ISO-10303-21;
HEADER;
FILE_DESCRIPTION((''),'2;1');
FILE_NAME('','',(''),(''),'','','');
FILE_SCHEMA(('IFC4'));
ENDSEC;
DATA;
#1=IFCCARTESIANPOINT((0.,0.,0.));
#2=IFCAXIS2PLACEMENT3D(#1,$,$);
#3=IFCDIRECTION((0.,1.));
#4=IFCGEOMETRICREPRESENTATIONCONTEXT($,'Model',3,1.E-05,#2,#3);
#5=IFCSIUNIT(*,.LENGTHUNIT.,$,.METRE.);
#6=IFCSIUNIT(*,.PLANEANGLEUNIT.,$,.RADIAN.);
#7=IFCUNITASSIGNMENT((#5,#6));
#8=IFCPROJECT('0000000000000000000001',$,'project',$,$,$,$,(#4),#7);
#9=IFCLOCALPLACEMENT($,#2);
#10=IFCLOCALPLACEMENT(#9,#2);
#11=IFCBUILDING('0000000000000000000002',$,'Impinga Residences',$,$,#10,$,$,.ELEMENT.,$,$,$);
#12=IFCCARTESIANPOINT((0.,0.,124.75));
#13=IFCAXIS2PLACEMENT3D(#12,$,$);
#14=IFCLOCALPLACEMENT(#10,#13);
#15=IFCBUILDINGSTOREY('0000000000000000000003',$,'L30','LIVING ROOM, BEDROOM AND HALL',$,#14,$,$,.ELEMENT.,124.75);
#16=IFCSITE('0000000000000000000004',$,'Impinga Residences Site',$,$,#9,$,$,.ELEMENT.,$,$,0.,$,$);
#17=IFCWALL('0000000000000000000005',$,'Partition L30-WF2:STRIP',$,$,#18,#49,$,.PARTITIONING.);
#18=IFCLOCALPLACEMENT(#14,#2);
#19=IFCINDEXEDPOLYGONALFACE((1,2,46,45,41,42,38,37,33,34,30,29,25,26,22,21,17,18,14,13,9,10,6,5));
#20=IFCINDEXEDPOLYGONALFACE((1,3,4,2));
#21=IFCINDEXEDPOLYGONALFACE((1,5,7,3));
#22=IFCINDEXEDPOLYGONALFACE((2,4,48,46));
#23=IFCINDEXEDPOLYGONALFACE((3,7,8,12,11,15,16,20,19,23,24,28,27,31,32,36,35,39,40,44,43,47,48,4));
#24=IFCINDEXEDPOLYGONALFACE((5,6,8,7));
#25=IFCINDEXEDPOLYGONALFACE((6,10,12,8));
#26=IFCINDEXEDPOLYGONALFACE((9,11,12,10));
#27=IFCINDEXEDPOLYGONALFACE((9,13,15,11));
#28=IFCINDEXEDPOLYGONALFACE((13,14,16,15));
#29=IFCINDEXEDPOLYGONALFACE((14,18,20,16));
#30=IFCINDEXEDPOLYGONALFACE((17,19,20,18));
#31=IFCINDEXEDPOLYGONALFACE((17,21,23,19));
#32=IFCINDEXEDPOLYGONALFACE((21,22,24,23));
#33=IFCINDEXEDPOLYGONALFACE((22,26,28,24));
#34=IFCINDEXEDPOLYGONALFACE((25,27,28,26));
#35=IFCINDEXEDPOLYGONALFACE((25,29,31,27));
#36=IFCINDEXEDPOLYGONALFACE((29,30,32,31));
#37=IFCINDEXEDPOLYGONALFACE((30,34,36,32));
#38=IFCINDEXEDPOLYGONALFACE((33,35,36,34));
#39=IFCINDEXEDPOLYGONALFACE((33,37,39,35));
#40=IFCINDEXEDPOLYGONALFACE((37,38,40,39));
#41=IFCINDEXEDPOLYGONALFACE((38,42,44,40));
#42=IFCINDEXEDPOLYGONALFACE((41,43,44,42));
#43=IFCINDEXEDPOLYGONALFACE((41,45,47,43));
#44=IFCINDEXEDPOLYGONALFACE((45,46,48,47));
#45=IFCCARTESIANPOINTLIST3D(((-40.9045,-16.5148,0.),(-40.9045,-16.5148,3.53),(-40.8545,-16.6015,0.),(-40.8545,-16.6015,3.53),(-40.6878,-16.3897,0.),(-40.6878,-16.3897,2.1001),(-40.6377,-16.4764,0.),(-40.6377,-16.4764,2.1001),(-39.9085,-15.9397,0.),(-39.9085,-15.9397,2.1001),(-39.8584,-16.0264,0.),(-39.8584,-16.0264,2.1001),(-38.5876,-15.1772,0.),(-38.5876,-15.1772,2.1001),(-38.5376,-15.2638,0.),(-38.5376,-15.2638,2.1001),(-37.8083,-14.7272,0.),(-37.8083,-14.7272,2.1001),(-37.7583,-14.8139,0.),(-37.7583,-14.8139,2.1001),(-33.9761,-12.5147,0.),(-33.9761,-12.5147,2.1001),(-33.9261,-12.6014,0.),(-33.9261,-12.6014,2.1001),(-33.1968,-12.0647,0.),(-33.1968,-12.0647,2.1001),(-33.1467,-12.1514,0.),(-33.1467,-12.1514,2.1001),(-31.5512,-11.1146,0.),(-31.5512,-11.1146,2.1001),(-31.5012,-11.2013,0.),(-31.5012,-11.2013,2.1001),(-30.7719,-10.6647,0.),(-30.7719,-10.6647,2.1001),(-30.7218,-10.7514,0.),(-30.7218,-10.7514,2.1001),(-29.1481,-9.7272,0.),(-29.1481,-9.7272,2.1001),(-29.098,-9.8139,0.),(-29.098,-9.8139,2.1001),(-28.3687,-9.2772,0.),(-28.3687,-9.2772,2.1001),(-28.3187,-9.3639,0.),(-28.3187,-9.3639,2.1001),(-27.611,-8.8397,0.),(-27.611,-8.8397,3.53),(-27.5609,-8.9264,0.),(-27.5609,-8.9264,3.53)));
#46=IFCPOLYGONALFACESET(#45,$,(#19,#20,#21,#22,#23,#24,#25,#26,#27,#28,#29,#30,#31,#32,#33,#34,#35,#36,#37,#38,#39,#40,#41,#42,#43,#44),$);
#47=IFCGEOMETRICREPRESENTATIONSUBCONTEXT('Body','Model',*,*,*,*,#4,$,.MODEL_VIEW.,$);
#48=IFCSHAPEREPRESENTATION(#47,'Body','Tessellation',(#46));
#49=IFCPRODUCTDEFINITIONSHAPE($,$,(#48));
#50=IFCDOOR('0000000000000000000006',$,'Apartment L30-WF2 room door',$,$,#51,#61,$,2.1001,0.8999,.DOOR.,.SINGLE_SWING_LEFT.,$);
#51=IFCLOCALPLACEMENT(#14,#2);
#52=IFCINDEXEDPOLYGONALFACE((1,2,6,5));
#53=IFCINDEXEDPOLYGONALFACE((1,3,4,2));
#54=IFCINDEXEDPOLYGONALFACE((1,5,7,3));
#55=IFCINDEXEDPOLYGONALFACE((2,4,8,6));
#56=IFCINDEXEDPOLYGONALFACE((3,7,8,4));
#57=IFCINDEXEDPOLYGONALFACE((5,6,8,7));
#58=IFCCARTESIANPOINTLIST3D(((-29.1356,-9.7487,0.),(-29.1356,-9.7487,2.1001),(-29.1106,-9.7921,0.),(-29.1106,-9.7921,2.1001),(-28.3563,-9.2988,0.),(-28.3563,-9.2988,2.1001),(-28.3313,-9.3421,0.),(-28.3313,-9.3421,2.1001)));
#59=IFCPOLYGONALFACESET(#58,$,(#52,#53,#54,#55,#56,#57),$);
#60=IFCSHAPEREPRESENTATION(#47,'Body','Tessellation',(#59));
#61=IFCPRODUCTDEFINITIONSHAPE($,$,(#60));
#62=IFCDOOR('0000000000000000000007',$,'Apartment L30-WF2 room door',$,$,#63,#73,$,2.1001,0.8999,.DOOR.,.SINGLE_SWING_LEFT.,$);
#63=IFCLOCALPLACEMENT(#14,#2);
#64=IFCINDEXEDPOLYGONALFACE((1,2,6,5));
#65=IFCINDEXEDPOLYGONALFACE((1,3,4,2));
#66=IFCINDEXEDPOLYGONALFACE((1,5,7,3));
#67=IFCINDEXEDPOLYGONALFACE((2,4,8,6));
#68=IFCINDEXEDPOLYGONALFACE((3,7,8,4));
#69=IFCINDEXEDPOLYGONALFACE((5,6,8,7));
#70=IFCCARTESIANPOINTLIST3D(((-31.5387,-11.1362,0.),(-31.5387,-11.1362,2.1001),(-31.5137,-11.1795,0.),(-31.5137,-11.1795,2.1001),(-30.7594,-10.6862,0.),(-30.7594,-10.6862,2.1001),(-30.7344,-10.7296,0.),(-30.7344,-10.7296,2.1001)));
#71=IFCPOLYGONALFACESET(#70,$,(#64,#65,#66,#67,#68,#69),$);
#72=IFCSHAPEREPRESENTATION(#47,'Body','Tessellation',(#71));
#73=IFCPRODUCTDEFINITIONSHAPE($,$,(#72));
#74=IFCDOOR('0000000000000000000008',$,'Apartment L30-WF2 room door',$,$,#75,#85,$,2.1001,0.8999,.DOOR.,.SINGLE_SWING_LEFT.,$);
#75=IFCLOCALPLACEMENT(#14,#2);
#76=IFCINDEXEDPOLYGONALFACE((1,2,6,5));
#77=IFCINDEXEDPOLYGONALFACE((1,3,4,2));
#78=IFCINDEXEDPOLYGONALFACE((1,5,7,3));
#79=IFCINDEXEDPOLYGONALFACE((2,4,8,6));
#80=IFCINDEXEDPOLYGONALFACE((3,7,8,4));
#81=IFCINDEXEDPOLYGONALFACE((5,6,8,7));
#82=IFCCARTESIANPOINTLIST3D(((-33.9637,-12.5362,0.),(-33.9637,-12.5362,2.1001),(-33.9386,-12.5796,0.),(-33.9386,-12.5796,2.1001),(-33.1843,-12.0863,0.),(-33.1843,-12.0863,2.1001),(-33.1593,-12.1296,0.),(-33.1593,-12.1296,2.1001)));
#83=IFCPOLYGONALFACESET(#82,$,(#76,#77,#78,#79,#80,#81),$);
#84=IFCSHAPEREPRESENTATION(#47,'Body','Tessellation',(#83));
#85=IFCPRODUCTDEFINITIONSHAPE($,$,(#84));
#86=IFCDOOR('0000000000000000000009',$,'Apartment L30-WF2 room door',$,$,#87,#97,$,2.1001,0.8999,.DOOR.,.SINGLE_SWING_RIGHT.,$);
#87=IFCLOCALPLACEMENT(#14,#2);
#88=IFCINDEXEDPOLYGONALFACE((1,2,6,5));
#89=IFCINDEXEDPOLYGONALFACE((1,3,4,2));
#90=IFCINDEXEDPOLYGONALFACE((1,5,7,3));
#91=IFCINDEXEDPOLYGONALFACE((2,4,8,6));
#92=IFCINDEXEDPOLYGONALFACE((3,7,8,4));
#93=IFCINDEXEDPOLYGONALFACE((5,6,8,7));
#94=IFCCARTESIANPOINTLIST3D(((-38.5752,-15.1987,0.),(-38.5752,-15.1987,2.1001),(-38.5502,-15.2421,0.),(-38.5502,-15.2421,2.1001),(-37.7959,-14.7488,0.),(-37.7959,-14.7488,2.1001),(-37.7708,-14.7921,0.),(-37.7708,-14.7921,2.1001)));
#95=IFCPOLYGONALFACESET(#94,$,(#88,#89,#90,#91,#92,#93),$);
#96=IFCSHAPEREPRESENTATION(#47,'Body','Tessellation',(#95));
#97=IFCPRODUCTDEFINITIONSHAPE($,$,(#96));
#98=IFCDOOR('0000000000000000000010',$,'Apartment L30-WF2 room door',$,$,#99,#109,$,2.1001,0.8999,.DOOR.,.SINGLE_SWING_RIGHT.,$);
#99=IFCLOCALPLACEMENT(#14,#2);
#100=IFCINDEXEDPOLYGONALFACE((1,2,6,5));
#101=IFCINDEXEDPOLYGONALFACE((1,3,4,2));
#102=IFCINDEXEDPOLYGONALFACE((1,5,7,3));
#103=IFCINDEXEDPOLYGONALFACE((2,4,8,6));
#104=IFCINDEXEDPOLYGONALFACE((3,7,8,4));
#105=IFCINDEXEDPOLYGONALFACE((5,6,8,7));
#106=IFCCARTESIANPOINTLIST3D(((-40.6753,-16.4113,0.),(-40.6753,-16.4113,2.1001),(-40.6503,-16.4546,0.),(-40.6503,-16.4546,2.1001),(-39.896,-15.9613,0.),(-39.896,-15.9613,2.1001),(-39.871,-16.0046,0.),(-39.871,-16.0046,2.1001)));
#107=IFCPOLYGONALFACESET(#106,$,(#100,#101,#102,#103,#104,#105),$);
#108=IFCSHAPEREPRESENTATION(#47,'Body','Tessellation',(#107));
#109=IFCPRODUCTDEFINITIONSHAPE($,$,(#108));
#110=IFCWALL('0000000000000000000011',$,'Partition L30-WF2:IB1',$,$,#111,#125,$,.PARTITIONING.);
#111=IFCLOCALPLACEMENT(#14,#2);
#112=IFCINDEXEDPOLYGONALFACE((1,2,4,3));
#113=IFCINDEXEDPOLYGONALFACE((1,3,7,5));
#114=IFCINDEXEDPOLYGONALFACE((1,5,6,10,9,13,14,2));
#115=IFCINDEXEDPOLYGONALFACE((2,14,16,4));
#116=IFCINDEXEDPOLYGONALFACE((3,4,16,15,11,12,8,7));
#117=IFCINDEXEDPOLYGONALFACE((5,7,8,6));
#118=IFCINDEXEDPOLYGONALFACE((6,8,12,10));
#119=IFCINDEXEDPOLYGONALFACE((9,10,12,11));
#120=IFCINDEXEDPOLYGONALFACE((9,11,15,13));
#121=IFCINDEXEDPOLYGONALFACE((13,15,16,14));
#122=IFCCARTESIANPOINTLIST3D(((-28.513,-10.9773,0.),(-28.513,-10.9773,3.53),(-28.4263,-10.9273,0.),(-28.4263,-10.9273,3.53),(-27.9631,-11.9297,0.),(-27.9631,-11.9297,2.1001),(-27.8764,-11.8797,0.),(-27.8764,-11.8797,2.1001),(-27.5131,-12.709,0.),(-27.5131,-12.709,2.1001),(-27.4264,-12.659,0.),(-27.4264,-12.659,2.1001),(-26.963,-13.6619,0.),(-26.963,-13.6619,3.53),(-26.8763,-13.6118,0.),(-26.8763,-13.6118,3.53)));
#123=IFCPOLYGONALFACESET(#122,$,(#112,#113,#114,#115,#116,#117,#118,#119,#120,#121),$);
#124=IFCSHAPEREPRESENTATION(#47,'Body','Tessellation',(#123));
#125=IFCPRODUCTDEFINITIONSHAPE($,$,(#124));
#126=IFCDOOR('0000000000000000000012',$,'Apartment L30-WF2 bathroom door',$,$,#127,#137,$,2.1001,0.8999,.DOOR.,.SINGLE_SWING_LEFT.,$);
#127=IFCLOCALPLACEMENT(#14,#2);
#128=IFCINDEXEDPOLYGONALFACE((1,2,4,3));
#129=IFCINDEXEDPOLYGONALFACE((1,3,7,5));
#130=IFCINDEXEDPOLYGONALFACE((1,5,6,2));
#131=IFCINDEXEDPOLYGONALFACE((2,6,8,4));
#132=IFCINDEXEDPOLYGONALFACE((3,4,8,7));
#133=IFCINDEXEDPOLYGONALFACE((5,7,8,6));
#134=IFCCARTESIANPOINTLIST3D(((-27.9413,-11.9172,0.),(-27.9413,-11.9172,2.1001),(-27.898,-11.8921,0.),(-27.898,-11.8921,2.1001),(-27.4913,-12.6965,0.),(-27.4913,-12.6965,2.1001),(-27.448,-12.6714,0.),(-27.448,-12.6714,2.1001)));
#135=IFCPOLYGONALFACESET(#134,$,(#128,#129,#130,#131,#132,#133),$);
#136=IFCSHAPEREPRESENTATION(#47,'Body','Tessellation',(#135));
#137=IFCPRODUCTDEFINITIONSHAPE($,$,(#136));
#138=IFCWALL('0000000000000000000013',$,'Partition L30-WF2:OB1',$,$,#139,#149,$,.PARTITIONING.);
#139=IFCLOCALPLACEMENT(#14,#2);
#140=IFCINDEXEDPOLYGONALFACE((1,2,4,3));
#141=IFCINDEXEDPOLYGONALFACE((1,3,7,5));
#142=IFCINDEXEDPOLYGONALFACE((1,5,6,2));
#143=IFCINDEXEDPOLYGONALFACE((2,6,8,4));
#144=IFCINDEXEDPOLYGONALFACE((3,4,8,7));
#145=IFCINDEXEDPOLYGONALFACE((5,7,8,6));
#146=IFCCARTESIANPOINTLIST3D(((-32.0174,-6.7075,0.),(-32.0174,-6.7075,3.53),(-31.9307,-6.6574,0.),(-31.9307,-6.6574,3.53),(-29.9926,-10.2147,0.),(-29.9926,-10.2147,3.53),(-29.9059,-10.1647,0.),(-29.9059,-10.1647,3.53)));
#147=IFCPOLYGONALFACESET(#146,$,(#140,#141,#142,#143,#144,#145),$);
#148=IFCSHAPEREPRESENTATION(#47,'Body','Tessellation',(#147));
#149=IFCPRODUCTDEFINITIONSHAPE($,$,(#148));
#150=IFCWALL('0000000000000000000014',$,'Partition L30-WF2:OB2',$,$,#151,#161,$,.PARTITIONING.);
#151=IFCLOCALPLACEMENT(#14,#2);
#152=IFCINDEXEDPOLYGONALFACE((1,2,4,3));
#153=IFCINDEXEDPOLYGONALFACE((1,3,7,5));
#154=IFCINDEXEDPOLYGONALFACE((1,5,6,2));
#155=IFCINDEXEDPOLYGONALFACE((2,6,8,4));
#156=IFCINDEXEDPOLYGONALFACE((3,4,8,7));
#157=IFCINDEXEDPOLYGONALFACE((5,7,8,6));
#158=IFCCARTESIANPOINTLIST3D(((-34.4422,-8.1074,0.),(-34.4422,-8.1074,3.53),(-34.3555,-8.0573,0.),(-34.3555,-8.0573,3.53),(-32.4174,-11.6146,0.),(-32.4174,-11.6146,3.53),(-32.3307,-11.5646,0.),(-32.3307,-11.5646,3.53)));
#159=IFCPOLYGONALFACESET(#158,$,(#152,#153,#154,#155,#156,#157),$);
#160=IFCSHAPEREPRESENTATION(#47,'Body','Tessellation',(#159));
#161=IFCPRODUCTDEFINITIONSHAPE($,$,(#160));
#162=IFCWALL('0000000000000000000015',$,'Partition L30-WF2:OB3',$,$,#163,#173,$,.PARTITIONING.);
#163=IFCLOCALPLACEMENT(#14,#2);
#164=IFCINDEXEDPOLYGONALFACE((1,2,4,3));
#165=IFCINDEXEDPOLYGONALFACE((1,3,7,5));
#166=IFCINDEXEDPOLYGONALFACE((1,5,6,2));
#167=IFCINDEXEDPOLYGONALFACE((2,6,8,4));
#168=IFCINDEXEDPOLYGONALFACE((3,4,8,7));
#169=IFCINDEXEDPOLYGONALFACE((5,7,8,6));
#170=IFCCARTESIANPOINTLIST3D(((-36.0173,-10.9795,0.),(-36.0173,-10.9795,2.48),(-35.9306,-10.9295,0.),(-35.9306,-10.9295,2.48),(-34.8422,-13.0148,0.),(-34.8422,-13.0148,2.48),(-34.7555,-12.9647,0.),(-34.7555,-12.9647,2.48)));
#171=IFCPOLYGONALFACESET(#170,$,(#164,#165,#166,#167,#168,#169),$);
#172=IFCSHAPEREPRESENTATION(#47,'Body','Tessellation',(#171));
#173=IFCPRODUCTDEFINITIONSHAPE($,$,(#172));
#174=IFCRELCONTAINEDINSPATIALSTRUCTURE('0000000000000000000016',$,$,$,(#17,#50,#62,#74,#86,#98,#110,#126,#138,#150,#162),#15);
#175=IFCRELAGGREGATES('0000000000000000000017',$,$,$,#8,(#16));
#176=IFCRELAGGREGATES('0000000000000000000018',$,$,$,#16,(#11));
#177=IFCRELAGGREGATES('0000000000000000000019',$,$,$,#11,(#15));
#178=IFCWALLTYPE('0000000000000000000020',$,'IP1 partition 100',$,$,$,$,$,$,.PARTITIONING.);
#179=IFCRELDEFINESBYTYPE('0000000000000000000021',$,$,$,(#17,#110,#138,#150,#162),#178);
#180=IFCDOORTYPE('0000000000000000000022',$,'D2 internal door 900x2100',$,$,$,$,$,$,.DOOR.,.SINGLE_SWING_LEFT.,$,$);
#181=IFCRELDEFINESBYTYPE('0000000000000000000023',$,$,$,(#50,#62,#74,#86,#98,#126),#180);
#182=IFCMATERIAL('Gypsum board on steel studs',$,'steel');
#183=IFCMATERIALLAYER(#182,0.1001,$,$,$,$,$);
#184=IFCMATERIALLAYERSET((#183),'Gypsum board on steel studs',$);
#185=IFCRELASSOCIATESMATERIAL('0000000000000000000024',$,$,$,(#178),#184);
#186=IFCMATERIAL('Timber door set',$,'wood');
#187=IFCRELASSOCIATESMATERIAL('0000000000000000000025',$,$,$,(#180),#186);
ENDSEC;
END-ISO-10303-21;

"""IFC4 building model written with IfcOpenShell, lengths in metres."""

from ifc_helpers import new_model, si_unit, direction, frame, frame_2d, origin, place, context, subcontext, project, spatial, rectangle, extrude, material, layer, layer_set, type_object, element, fill, save


model = new_model("IFC4")

# Units and contexts
model_context = context("Model", 3, precision=1e-05, world=origin(), true_north=direction((0.0, 1.0)))
body_context = subcontext(model_context, "Body", "Model", "MODEL_VIEW")
ifc_project = project(units=[si_unit("LENGTHUNIT", "METRE"), si_unit("PLANEANGLEUNIT", "RADIAN")], contexts=[model_context])

# Site, building, storey
site_placement = place(None, origin())
site = spatial("IfcSite", under=ifc_project, at=site_placement, Name="Impinga Residences Site", CompositionType="ELEMENT", RefElevation=0.0)
building_placement = place(site_placement, origin())
building = spatial("IfcBuilding", under=site, at=building_placement, Name="Impinga Residences", CompositionType="ELEMENT")
storey_placement = place(building_placement, frame((0.0, 0.0, 124.75)))
storey = spatial("IfcBuildingStorey", under=building, at=storey_placement, Name="L30", Description="LIVING ROOM, BEDROOM AND HALL", CompositionType="ELEMENT", Elevation=124.75)

# Shared definitions
ifc_material_1 = material(Name="Gypsum board on steel studs", Category="steel")
ifc_layer_1 = layer(ifc_material_1, 0.1001)
ifc_layer_set_1 = layer_set([ifc_layer_1], Name="Gypsum board on steel studs")
wall_type_1 = type_object("IfcWallType", Name="IP1 partition 100", PredefinedType="PARTITIONING", material=ifc_layer_set_1)
ifc_material_2 = material(Name="Timber door set", Category="wood")
door_type = type_object("IfcDoorType", Name="D2 internal door 900x2100", OperationType="SINGLE_SWING_LEFT", PredefinedType="DOOR", material=ifc_material_2)

# Wall, openings, doors
wall_1_placement = place(storey_placement, frame((-27.5859, -8.8831, 0.0), z_axis=(0.0, 0.0, 1.0), x_axis=(-0.866023, -0.500003, 0.0)))
wall_1 = element("IfcWall", 1, at=wall_1_placement, inside=storey, type_object=wall_type_1, Name="Partition L30-WF2:STRIP", PredefinedType="PARTITIONING", context=body_context, shape_type="SweptSolid", body=[
    extrude(rectangle(XDim=15.3501, YDim=0.1001, at=frame_2d((7.675, 0.0))), origin(), (0.0, 0.0, 1.0), 3.53),
])
opening_1_placement = place(wall_1_placement, frame((0.875, 0.0, 0.0)))
opening_1 = element("IfcOpeningElement", 2, at=opening_1_placement, cuts=wall_1, PredefinedType="OPENING", context=body_context, shape_type="SweptSolid", body=[
    extrude(rectangle(XDim=0.8999, YDim=2.1001, at=frame_2d((0.45, 1.05))), frame((0.0, 0.0601, 0.0), z_axis=(0.0, -1.0, 0.0), x_axis=(1.0, 0.0, 0.0)), (0.0, 0.0, 1.0), 0.1201),
])
opening_2_placement = place(wall_1_placement, frame((3.6499, 0.0, 0.0)))
opening_2 = element("IfcOpeningElement", 3, at=opening_2_placement, cuts=wall_1, PredefinedType="OPENING", context=body_context, shape_type="SweptSolid", body=[
    extrude(rectangle(XDim=0.8999, YDim=2.1001, at=frame_2d((0.45, 1.05))), frame((0.0, 0.0601, 0.0), z_axis=(0.0, -1.0, 0.0), x_axis=(1.0, 0.0, 0.0)), (0.0, 0.0, 1.0), 0.1201),
])
opening_3_placement = place(wall_1_placement, frame((6.45, 0.0, 0.0)))
opening_3 = element("IfcOpeningElement", 4, at=opening_3_placement, cuts=wall_1, PredefinedType="OPENING", context=body_context, shape_type="SweptSolid", body=[
    extrude(rectangle(XDim=0.8999, YDim=2.1001, at=frame_2d((0.45, 1.05))), frame((0.0, 0.0601, 0.0), z_axis=(0.0, -1.0, 0.0), x_axis=(1.0, 0.0, 0.0)), (0.0, 0.0, 1.0), 0.1201),
])
opening_4_placement = place(wall_1_placement, frame((11.7749, 0.0, 0.0)))
opening_4 = element("IfcOpeningElement", 5, at=opening_4_placement, cuts=wall_1, PredefinedType="OPENING", context=body_context, shape_type="SweptSolid", body=[
    extrude(rectangle(XDim=0.8999, YDim=2.1001, at=frame_2d((0.45, 1.05))), frame((0.0, 0.0601, 0.0), z_axis=(0.0, -1.0, 0.0), x_axis=(1.0, 0.0, 0.0)), (0.0, 0.0, 1.0), 0.1201),
])
opening_5_placement = place(wall_1_placement, frame((14.2, 0.0, 0.0)))
opening_5 = element("IfcOpeningElement", 6, at=opening_5_placement, cuts=wall_1, PredefinedType="OPENING", context=body_context, shape_type="SweptSolid", body=[
    extrude(rectangle(XDim=0.8999, YDim=2.1001, at=frame_2d((0.45, 1.05))), frame((0.0, 0.0601, 0.0), z_axis=(0.0, -1.0, 0.0), x_axis=(1.0, 0.0, 0.0)), (0.0, 0.0, 1.0), 0.1201),
])
door_1_placement = place(opening_1_placement, origin())
door_1 = element("IfcDoor", 7, at=door_1_placement, inside=storey, type_object=door_type, Name="Apartment L30-WF2 room door", OperationType="SINGLE_SWING_LEFT", OverallHeight=2.1001, OverallWidth=0.8999, PredefinedType="DOOR", context=body_context, shape_type="SweptSolid", body=[
    extrude(rectangle(XDim=0.8999, YDim=2.1001, at=frame_2d((0.45, 1.05))), frame((0.0, 0.0249, 0.0), z_axis=(0.0, -1.0, 0.0), x_axis=(1.0, 0.0, 0.0)), (0.0, 0.0, 1.0), 0.05),
])
fill(opening_1, door_1)
door_2_placement = place(opening_2_placement, origin())
door_2 = element("IfcDoor", 8, at=door_2_placement, inside=storey, type_object=door_type, Name="Apartment L30-WF2 room door", OperationType="SINGLE_SWING_LEFT", OverallHeight=2.1001, OverallWidth=0.8999, PredefinedType="DOOR", context=body_context, shape_type="SweptSolid", body=[
    extrude(rectangle(XDim=0.8999, YDim=2.1001, at=frame_2d((0.45, 1.05))), frame((0.0, 0.0249, 0.0), z_axis=(0.0, -1.0, 0.0), x_axis=(1.0, 0.0, 0.0)), (0.0, 0.0, 1.0), 0.05),
])
fill(opening_2, door_2)
door_3_placement = place(opening_3_placement, origin())
door_3 = element("IfcDoor", 9, at=door_3_placement, inside=storey, type_object=door_type, Name="Apartment L30-WF2 room door", OperationType="SINGLE_SWING_LEFT", OverallHeight=2.1001, OverallWidth=0.8999, PredefinedType="DOOR", context=body_context, shape_type="SweptSolid", body=[
    extrude(rectangle(XDim=0.8999, YDim=2.1001, at=frame_2d((0.45, 1.05))), frame((0.0, 0.0249, 0.0), z_axis=(0.0, -1.0, 0.0), x_axis=(1.0, 0.0, 0.0)), (0.0, 0.0, 1.0), 0.05),
])
fill(opening_3, door_3)
door_4_placement = place(opening_4_placement, origin())
door_4 = element("IfcDoor", 10, at=door_4_placement, inside=storey, type_object=door_type, Name="Apartment L30-WF2 room door", OperationType="SINGLE_SWING_RIGHT", OverallHeight=2.1001, OverallWidth=0.8999, PredefinedType="DOOR", context=body_context, shape_type="SweptSolid", body=[
    extrude(rectangle(XDim=0.8999, YDim=2.1001, at=frame_2d((0.45, 1.05))), frame((0.0, 0.0249, 0.0), z_axis=(0.0, -1.0, 0.0), x_axis=(1.0, 0.0, 0.0)), (0.0, 0.0, 1.0), 0.05),
])
fill(opening_4, door_4)
door_5_placement = place(opening_5_placement, origin())
door_5 = element("IfcDoor", 11, at=door_5_placement, inside=storey, type_object=door_type, Name="Apartment L30-WF2 room door", OperationType="SINGLE_SWING_RIGHT", OverallHeight=2.1001, OverallWidth=0.8999, PredefinedType="DOOR", context=body_context, shape_type="SweptSolid", body=[
    extrude(rectangle(XDim=0.8999, YDim=2.1001, at=frame_2d((0.45, 1.05))), frame((0.0, 0.0249, 0.0), z_axis=(0.0, -1.0, 0.0), x_axis=(1.0, 0.0, 0.0)), (0.0, 0.0, 1.0), 0.05),
])
fill(opening_5, door_5)

# Wall, opening, door
wall_2_placement = place(storey_placement, frame((-26.9197, -13.6367, 0.0), z_axis=(0.0, 0.0, 1.0), x_axis=(-0.500027, 0.86601, 0.0)))
wall_2 = element("IfcWall", 12, at=wall_2_placement, inside=storey, type_object=wall_type_1, Name="Partition L30-WF2:IB1", PredefinedType="PARTITIONING", context=body_context, shape_type="SweptSolid", body=[
    extrude(rectangle(XDim=3.0999, YDim=0.1001, at=frame_2d((1.5498, 0.0))), origin(), (0.0, 0.0, 1.0), 3.53),
])
opening_6_placement = place(wall_2_placement, frame((1.1001, 0.0, 0.0)))
opening_6 = element("IfcOpeningElement", 13, at=opening_6_placement, cuts=wall_2, PredefinedType="OPENING", context=body_context, shape_type="SweptSolid", body=[
    extrude(rectangle(XDim=0.8999, YDim=2.1001, at=frame_2d((0.45, 1.05))), frame((0.0, 0.0601, 0.0), z_axis=(0.0, -1.0, 0.0), x_axis=(1.0, 0.0, 0.0)), (0.0, 0.0, 1.0), 0.1201),
])
door_6_placement = place(opening_6_placement, origin())
door_6 = element("IfcDoor", 14, at=door_6_placement, inside=storey, type_object=door_type, Name="Apartment L30-WF2 bathroom door", OperationType="SINGLE_SWING_LEFT", OverallHeight=2.1001, OverallWidth=0.8999, PredefinedType="DOOR", context=body_context, shape_type="SweptSolid", body=[
    extrude(rectangle(XDim=0.8999, YDim=2.1001, at=frame_2d((0.45, 1.05))), frame((0.0, 0.0249, 0.0), z_axis=(0.0, -1.0, 0.0), x_axis=(1.0, 0.0, 0.0)), (0.0, 0.0, 1.0), 0.05),
])
fill(opening_6, door_6)

# Walls
for number, where, z_axis, x_axis, name in (
    (15, (-29.9492, -10.1897, 0.0), (0.0, 0.0, 1.0), (-0.49999, 0.866031, 0.0), "Partition L30-WF2:OB1"),
    (16, (-32.374, -11.5896, 0.0), (0.0, 0.0, 1.0), (-0.49999, 0.866031, 0.0), "Partition L30-WF2:OB2"),
):
    element("IfcWall", number, at=place(storey_placement, frame(where, z_axis=z_axis, x_axis=x_axis)), inside=storey, type_object=wall_type_1, Name=name, PredefinedType="PARTITIONING", context=body_context, shape_type="SweptSolid", body=[
        extrude(rectangle(XDim=4.0498, YDim=0.1001, at=frame_2d((2.0249, 0.0))), origin(), (0.0, 0.0, 1.0), 3.53),
    ])
wall_3_placement = place(storey_placement, frame((-34.7988, -12.9897, 0.0), z_axis=(0.0, 0.0, 1.0), x_axis=(-0.500016, 0.866016, 0.0)))
element("IfcWall", 17, at=wall_3_placement, inside=storey, type_object=wall_type_1, Name="Partition L30-WF2:OB3", PredefinedType="PARTITIONING", context=body_context, shape_type="SweptSolid", body=[
    extrude(rectangle(XDim=2.3501, YDim=0.1001, at=frame_2d((1.175, 0.0))), origin(), (0.0, 0.0, 1.0), 2.48),
])

save(model, "model.ifc")
